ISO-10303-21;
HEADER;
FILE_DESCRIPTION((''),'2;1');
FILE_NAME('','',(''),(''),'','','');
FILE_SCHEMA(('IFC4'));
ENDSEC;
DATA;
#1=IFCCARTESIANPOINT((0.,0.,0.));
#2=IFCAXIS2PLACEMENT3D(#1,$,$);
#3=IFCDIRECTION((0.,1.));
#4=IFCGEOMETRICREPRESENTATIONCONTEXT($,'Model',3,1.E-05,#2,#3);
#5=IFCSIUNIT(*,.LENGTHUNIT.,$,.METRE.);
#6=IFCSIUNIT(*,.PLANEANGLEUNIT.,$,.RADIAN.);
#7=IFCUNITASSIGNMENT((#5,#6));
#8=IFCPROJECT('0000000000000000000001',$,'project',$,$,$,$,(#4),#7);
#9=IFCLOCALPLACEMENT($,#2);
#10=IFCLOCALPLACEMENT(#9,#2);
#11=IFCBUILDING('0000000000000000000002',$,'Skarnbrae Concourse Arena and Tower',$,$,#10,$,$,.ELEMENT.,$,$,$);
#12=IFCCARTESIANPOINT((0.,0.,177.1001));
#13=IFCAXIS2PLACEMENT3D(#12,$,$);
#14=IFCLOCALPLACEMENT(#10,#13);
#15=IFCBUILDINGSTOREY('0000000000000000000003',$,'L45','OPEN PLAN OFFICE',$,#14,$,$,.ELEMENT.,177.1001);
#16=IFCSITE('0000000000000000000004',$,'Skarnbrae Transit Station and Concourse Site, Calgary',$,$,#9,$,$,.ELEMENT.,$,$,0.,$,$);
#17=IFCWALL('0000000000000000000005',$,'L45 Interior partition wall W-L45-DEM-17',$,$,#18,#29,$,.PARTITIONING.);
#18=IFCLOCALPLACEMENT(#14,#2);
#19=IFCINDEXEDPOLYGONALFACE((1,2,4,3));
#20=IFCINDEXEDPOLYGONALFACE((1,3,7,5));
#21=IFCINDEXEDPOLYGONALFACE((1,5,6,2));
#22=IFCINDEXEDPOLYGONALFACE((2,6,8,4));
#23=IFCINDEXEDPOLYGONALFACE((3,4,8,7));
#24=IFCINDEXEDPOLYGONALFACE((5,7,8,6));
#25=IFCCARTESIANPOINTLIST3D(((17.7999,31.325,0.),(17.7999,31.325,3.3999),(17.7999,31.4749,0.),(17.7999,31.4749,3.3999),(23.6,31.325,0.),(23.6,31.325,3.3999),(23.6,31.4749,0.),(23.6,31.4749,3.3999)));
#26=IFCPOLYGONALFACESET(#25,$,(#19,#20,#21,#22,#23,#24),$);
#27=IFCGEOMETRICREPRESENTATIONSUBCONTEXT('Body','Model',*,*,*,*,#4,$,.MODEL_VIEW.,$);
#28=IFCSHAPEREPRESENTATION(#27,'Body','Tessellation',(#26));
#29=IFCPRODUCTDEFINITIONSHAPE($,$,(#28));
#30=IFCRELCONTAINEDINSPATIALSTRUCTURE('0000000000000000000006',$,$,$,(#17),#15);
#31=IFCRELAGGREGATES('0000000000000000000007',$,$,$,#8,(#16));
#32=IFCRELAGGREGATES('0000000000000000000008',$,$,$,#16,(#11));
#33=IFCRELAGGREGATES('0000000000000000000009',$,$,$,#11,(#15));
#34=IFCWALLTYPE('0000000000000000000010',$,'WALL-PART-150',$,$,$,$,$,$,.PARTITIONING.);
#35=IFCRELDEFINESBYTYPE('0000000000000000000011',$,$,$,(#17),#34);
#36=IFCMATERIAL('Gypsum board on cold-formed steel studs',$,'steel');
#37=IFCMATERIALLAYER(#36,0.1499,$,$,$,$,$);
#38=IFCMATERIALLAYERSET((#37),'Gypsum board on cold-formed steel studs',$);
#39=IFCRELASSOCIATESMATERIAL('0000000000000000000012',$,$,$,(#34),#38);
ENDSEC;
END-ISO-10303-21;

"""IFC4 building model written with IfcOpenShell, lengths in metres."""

from ifc_helpers import new_model, si_unit, direction, frame, frame_2d, origin, place, context, subcontext, project, spatial, rectangle, extrude, source, transform, mapped, material, layer, layer_set, type_object, element, save


model = new_model("IFC4")

# Units and contexts
model_context = context("Model", 3, precision=1e-05, world=origin(), true_north=direction((0.0, 1.0)))
body_context = subcontext(model_context, "Body", "Model", "MODEL_VIEW")
ifc_project = project(units=[si_unit("LENGTHUNIT", "METRE"), si_unit("PLANEANGLEUNIT", "RADIAN")], contexts=[model_context])

# Site, building, storey
site_placement = place(None, origin())
site = spatial("IfcSite", under=ifc_project, at=site_placement, Name="Skarnbrae Transit Station and Concourse Site, Calgary", CompositionType="ELEMENT", RefElevation=0.0)
building_placement = place(site_placement, origin())
building = spatial("IfcBuilding", under=site, at=building_placement, Name="Skarnbrae Concourse Arena and Tower", CompositionType="ELEMENT")
storey_placement = place(building_placement, frame((0.0, 0.0, 177.1001)))
storey = spatial("IfcBuildingStorey", under=building, at=storey_placement, Name="L45", Description="OPEN PLAN OFFICE", CompositionType="ELEMENT", Elevation=177.1001)

# Wall
ifc_material_1 = material(Name="Gypsum board on cold-formed steel studs", Category="steel")
ifc_layer = layer(ifc_material_1, 0.1499)
ifc_layer_set = layer_set([ifc_layer], Name="Gypsum board on cold-formed steel studs")
wall_type = type_object("IfcWallType", Name="WALL-PART-150", PredefinedType="PARTITIONING", material=ifc_layer_set)
shared_shape_1 = source(origin(), body_context, "Body", "SweptSolid", [
    extrude(rectangle(XDim=5.8, YDim=0.1499, at=frame_2d((2.8999, 0.0))), origin(), (0.0, 0.0, 1.0), 3.3999),
])
wall_1_placement = place(storey_placement, frame((17.8, 31.3999, 0.0), z_axis=(0.0, 0.0, 1.0), x_axis=(1.0, 0.0, 0.0)))
element("IfcWall", 1, at=wall_1_placement, inside=storey, type_object=wall_type, Name="L45 Interior partition wall W-L45-DEM-17", PredefinedType="PARTITIONING", context=body_context, shape_type="MappedRepresentation", body=[
    mapped(shared_shape_1, transform((0.0, 0.0, 0.0))),
])

save(model, "model.ifc")
